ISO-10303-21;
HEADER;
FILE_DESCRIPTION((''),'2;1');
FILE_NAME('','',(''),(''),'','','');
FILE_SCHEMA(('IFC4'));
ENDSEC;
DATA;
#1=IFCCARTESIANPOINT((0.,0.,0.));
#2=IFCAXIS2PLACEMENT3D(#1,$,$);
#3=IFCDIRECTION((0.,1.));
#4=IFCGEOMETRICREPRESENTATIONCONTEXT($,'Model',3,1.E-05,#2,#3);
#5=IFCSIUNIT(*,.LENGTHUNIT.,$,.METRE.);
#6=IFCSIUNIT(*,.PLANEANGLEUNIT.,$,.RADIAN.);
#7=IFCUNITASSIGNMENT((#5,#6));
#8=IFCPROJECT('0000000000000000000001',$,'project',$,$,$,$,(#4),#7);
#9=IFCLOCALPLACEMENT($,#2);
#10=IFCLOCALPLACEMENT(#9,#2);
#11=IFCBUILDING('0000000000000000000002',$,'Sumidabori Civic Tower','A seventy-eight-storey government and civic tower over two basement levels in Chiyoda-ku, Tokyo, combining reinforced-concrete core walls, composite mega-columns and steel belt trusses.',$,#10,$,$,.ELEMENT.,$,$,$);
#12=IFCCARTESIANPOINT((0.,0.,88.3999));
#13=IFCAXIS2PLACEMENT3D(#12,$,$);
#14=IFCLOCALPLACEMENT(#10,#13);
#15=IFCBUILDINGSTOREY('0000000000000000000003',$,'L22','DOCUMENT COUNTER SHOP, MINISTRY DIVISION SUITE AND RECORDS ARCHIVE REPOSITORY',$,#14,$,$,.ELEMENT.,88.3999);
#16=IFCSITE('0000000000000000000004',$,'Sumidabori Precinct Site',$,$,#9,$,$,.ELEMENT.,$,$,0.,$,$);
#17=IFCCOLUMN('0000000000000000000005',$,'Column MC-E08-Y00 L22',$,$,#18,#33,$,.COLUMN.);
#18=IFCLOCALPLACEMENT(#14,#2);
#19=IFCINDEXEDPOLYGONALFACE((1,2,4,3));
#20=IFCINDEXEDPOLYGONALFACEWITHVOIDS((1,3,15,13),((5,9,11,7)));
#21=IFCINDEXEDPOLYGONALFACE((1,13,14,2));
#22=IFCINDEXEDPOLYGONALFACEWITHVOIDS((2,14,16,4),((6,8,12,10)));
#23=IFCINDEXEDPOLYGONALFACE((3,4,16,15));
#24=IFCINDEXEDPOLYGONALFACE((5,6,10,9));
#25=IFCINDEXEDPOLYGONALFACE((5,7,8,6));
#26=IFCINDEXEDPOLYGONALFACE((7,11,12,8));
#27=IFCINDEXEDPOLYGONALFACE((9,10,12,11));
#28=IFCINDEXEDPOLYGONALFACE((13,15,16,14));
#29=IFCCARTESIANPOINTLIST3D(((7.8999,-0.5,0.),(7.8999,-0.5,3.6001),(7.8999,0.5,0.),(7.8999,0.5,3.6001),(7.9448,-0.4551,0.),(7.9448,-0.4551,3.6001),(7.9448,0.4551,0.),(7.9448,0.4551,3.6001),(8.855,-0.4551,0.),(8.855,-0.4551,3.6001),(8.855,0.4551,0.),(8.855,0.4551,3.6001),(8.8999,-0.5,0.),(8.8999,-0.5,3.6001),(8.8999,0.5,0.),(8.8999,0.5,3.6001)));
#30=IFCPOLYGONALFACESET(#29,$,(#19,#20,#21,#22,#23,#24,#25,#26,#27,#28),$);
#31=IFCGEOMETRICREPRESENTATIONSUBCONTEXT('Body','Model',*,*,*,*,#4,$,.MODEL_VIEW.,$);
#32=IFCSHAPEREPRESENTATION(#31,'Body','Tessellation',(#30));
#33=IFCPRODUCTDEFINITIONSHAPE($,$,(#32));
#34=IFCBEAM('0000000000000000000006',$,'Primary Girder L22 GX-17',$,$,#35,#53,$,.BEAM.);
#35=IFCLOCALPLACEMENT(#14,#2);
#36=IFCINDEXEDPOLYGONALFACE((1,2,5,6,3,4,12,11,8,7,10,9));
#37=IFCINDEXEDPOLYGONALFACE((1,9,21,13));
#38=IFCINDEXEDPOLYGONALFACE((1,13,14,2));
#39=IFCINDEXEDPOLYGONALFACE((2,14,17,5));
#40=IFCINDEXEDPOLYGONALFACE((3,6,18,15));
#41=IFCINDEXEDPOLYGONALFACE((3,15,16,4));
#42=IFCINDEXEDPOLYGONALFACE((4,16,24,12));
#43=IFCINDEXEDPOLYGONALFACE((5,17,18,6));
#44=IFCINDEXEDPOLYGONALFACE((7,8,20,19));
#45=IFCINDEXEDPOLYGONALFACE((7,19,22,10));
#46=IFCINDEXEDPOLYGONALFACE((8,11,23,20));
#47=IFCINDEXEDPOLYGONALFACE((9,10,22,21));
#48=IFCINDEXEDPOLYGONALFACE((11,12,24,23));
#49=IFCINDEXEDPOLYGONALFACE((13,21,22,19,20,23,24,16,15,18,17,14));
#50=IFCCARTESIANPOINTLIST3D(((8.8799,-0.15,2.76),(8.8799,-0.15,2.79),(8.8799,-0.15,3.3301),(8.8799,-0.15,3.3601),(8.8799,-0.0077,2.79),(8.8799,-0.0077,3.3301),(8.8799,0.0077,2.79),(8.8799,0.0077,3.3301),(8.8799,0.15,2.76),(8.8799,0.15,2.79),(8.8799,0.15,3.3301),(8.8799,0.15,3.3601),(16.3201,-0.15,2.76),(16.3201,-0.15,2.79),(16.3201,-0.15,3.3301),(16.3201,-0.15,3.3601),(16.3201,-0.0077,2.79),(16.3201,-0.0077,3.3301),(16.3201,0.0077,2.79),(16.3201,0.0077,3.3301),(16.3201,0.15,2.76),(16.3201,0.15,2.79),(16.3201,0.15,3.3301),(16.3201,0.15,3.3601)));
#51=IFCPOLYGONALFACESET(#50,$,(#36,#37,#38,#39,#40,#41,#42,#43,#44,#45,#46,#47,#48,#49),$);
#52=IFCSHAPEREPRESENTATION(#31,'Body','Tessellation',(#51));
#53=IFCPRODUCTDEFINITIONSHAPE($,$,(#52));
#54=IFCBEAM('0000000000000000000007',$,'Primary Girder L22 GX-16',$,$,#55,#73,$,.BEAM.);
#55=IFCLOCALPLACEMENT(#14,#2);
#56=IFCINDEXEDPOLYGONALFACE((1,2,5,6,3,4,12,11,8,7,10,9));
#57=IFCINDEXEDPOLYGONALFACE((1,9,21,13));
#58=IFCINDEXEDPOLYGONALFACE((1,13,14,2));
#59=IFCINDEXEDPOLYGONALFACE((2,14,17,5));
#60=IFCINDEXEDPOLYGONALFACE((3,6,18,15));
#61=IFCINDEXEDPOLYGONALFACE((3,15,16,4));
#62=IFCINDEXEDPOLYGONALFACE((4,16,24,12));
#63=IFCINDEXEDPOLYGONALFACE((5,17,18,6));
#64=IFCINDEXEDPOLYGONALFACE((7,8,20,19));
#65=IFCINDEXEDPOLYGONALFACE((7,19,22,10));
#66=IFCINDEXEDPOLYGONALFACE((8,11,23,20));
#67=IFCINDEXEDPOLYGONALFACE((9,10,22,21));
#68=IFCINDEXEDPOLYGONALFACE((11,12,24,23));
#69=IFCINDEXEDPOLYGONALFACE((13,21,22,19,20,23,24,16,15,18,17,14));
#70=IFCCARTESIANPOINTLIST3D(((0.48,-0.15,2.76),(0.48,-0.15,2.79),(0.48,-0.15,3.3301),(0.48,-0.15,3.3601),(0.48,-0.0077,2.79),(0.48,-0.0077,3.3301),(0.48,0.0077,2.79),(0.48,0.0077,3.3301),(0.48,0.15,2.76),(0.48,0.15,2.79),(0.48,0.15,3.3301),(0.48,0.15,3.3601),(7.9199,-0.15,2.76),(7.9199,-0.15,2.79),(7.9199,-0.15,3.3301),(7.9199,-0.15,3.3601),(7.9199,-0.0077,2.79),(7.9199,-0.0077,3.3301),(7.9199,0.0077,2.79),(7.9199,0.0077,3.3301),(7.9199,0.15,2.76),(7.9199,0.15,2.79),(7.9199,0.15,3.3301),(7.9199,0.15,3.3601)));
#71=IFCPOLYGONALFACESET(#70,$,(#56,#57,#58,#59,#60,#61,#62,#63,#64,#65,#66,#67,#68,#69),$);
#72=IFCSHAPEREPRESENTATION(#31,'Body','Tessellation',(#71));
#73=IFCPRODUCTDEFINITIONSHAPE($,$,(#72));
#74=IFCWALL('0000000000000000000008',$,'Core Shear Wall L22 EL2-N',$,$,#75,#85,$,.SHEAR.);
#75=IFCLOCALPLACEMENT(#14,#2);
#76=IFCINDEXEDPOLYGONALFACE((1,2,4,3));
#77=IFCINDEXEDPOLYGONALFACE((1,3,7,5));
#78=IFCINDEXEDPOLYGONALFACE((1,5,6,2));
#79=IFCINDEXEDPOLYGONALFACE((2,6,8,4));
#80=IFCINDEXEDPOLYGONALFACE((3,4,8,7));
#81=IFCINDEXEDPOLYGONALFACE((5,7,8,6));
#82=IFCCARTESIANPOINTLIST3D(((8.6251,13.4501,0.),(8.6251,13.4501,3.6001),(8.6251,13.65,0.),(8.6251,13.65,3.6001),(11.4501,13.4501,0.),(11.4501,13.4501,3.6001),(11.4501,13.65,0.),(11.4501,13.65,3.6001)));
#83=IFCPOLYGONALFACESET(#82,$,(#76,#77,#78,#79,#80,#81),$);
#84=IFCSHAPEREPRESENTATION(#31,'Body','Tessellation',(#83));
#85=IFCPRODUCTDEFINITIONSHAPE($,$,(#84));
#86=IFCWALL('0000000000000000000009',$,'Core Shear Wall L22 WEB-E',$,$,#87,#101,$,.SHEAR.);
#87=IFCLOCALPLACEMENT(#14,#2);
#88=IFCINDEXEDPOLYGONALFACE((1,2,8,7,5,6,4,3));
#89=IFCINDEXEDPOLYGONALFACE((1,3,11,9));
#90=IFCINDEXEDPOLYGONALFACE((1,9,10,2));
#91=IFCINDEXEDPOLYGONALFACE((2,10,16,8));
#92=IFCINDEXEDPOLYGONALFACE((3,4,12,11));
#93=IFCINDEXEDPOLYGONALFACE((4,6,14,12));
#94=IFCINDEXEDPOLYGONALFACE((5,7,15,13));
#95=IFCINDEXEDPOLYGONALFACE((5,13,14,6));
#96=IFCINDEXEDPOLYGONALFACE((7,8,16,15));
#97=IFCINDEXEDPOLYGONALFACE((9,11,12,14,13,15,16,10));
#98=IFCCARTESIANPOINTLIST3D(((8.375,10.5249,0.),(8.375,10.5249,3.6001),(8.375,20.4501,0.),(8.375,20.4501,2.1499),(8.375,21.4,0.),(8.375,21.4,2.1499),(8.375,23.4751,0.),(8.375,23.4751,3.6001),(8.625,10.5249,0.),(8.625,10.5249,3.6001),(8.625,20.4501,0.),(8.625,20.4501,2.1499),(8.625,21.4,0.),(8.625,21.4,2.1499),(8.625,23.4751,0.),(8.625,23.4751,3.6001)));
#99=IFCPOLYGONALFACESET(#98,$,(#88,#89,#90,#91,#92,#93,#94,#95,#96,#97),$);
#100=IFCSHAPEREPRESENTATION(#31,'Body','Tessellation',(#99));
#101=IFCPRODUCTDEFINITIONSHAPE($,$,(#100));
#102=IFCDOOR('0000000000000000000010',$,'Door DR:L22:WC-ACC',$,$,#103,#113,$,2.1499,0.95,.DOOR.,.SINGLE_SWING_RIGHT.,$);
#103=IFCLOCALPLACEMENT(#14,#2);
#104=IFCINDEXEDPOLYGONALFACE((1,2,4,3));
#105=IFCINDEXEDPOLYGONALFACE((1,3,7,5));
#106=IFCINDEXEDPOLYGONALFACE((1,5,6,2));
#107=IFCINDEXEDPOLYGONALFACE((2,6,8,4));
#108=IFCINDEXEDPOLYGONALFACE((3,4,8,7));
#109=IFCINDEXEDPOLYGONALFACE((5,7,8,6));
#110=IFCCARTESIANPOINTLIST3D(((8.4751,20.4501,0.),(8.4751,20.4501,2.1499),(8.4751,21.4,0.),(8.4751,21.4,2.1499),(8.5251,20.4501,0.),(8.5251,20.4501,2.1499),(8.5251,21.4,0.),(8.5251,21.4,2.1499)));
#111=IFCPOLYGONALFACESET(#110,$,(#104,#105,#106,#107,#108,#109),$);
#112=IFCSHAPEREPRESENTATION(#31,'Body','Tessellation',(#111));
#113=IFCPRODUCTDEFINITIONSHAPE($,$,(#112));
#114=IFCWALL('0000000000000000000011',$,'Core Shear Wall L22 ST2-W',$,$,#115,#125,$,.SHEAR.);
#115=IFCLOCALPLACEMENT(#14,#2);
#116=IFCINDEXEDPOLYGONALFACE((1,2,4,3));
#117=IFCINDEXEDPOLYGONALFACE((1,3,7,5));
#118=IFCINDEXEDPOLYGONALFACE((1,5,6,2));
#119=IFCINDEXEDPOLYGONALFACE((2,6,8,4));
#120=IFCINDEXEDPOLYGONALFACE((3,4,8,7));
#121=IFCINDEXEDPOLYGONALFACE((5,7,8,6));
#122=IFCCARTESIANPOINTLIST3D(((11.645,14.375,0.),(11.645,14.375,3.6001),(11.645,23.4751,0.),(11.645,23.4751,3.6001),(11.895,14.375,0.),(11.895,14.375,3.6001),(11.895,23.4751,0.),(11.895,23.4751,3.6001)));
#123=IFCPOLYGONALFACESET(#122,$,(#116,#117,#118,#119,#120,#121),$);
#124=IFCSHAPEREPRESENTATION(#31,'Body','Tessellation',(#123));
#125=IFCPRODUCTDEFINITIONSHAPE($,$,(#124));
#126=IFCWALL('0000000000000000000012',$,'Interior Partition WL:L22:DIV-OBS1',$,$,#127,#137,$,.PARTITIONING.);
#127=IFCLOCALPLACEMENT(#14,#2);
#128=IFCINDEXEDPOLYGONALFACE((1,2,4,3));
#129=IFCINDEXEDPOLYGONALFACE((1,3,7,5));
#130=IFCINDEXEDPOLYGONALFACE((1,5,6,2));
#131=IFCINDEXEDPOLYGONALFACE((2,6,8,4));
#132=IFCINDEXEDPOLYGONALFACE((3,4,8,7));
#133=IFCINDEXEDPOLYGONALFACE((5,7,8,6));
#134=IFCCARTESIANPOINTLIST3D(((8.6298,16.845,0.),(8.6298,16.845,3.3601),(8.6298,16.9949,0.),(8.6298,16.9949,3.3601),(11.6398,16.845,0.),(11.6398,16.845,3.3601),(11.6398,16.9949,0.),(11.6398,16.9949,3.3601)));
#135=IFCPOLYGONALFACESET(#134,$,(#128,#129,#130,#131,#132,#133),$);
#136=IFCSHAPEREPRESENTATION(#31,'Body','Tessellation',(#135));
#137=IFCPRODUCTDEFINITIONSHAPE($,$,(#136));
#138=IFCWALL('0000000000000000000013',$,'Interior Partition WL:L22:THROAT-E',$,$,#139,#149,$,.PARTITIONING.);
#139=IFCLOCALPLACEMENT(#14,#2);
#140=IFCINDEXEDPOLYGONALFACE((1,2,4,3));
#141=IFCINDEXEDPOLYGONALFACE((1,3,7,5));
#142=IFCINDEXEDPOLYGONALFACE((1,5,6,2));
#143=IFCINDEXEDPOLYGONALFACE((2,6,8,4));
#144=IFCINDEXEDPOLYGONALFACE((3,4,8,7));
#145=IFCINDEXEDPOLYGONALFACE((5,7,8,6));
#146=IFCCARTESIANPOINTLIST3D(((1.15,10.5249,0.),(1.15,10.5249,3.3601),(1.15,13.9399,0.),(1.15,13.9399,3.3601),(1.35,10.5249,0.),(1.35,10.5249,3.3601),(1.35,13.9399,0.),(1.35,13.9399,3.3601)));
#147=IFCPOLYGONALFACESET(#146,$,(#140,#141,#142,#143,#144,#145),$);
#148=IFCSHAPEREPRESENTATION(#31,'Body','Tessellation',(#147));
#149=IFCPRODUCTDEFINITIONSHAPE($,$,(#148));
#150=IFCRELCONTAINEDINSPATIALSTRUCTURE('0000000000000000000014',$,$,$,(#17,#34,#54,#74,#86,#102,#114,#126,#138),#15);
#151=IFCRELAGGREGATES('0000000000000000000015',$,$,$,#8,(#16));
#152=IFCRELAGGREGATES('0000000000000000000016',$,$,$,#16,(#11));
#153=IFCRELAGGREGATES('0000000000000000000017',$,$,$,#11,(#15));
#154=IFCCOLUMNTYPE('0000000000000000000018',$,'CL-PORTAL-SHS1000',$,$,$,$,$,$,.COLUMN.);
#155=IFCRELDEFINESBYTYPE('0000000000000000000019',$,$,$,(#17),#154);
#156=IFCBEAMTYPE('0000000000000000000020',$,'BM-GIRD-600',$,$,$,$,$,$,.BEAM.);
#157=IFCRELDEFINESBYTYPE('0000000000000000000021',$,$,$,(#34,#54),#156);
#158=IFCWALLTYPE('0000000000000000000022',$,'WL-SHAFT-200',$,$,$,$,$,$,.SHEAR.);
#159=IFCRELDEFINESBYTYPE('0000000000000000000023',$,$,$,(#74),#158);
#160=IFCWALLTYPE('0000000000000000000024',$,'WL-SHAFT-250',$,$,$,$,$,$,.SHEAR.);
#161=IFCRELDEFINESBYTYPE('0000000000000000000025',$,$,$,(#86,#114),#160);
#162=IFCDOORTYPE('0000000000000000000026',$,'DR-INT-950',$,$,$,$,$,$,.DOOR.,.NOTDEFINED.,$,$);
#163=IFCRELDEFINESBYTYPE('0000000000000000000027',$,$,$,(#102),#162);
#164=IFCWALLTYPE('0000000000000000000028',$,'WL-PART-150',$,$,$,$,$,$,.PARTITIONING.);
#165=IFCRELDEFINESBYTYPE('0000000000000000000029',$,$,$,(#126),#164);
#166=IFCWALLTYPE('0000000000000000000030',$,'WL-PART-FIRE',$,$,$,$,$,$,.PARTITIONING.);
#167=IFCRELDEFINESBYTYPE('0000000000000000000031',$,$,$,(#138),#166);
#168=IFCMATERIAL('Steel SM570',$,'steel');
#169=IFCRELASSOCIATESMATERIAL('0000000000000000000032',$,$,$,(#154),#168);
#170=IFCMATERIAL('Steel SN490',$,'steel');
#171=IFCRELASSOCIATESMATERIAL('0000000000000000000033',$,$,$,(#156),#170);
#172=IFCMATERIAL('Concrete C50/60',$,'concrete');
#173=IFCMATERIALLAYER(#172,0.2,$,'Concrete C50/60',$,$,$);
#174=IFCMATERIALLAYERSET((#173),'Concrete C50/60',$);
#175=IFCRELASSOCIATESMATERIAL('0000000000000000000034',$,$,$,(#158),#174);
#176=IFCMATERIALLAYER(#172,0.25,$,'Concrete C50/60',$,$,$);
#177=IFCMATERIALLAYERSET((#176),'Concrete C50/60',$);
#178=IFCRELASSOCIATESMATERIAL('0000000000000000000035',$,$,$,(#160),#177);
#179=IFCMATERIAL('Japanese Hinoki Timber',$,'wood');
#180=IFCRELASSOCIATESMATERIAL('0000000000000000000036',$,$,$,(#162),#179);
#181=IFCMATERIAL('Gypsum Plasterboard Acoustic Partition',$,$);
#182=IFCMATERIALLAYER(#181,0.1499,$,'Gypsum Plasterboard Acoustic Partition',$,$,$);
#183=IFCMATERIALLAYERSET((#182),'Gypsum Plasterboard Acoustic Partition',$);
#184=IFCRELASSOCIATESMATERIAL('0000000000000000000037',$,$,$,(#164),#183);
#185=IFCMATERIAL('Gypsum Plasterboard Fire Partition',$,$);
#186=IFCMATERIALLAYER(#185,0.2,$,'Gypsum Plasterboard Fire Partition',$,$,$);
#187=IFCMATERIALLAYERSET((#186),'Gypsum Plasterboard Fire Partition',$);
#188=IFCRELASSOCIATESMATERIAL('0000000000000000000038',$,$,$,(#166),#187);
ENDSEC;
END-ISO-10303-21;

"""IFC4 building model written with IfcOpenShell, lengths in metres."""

from ifc_helpers import new_model, si_unit, direction, frame, frame_2d, origin, origin_2d, place, context, subcontext, project, spatial, rectangle, hollow_rectangle, i_section, extrude, source, transform, mapped, material, layer, layer_set, material_profile, profile_set, type_object, element, fill, save


model = new_model("IFC4")

# Units and contexts
model_context = context("Model", 3, precision=1e-05, world=origin(), true_north=direction((0.0, 1.0)))
body_context = subcontext(model_context, "Body", "Model", "MODEL_VIEW")
ifc_project = project(units=[si_unit("LENGTHUNIT", "METRE"), si_unit("PLANEANGLEUNIT", "RADIAN")], contexts=[model_context])

# Site, building, storey
site_placement = place(None, origin())
site = spatial("IfcSite", under=ifc_project, at=site_placement, Name="Sumidabori Precinct Site", CompositionType="ELEMENT", RefElevation=0.0)
building_placement = place(site_placement, origin())
building = spatial("IfcBuilding", under=site, at=building_placement, Name="Sumidabori Civic Tower", Description="A seventy-eight-storey government and civic tower over two basement levels in Chiyoda-ku, Tokyo, combining reinforced-concrete core walls, composite mega-columns and steel belt trusses.", CompositionType="ELEMENT")
storey_placement = place(building_placement, frame((0.0, 0.0, 88.3999)))
storey = spatial("IfcBuildingStorey", under=building, at=storey_placement, Name="L22", Description="DOCUMENT COUNTER SHOP, MINISTRY DIVISION SUITE AND RECORDS ARCHIVE REPOSITORY", CompositionType="ELEMENT", Elevation=88.3999)

# Column
ifc_material_1 = material(Name="Steel SM570", Category="steel")
ifc_material_profile_1 = material_profile(ifc_material_1, hollow_rectangle(XDim=1.0, YDim=1.0, WallThickness=0.0449, at=origin_2d()), Name="SHS 1000x1000x45")
ifc_profile_set_1 = profile_set([ifc_material_profile_1], Name="Steel SM570")
column_type = type_object("IfcColumnType", Name="CL-PORTAL-SHS1000", PredefinedType="COLUMN", material=ifc_profile_set_1)
shared_shape_1 = source(origin(), body_context, "Body", "SweptSolid", [
    extrude(hollow_rectangle(XDim=1.0, YDim=1.0, WallThickness=0.0449, at=origin_2d()), origin(), (0.0, 0.0, 1.0), 3.6001),
])
column_placement = place(storey_placement, frame((8.3999, 0.0, 0.0), z_axis=(0.0, 0.0, 1.0), x_axis=(1.0, 0.0, 0.0)))
element("IfcColumn", 1, at=column_placement, inside=storey, type_object=column_type, Name="Column MC-E08-Y00 L22", PredefinedType="COLUMN", context=body_context, shape_type="MappedRepresentation", body=[
    mapped(shared_shape_1, transform((0.0, 0.0, 0.0), x_axis=(1.0, 0.0, 0.0), y_axis=(0.0, 1.0, 0.0), z_axis=(0.0, 0.0, 1.0), scale=1.0)),
])

# Beams
ifc_material_2 = material(Name="Steel SN490", Category="steel")
ifc_material_profile_2 = material_profile(ifc_material_2, i_section(OverallWidth=0.3, OverallDepth=0.6001, WebThickness=0.0154, FlangeThickness=0.03, at=origin_2d()), Name="HE 600 B")
ifc_profile_set_2 = profile_set([ifc_material_profile_2], Name="Steel SN490")
beam_type = type_object("IfcBeamType", Name="BM-GIRD-600", PredefinedType="BEAM", material=ifc_profile_set_2)
shared_shape_2 = source(origin(), body_context, "Body", "SweptSolid", [
    extrude(i_section(OverallWidth=0.3, OverallDepth=0.6001, WebThickness=0.0154, FlangeThickness=0.03, at=origin_2d()), origin(), (0.0, 0.0, 1.0), 7.4402),
])
beam_1_placement = place(storey_placement, frame((8.8799, 0.0, 3.0601), z_axis=(1.0, 0.0, 0.0), x_axis=(0.0, 1.0, 0.0)))
element("IfcBeam", 2, at=beam_1_placement, inside=storey, type_object=beam_type, Name="Primary Girder L22 GX-17", PredefinedType="BEAM", context=body_context, shape_type="MappedRepresentation", body=[
    mapped(shared_shape_2, transform((0.0, 0.0, 0.0), x_axis=(1.0, 0.0, 0.0), y_axis=(0.0, 1.0, 0.0), z_axis=(0.0, 0.0, 1.0), scale=1.0)),
])
shared_shape_3 = source(origin(), body_context, "Body", "SweptSolid", [
    extrude(i_section(OverallWidth=0.3, OverallDepth=0.6001, WebThickness=0.0154, FlangeThickness=0.03, at=origin_2d()), origin(), (0.0, 0.0, 1.0), 7.4399),
])
beam_2_placement = place(storey_placement, frame((0.48, 0.0, 3.0601), z_axis=(1.0, 0.0, 0.0), x_axis=(0.0, 1.0, 0.0)))
element("IfcBeam", 3, at=beam_2_placement, inside=storey, type_object=beam_type, Name="Primary Girder L22 GX-16", PredefinedType="BEAM", context=body_context, shape_type="MappedRepresentation", body=[
    mapped(shared_shape_3, transform((0.0, 0.0, 0.0), x_axis=(1.0, 0.0, 0.0), y_axis=(0.0, 1.0, 0.0), z_axis=(0.0, 0.0, 1.0), scale=1.0)),
])

# Wall
ifc_material_3 = material(Name="Concrete C50/60", Category="concrete")
ifc_layer_1 = layer(ifc_material_3, 0.2, Name="Concrete C50/60")
ifc_layer_set_1 = layer_set([ifc_layer_1], Name="Concrete C50/60")
wall_type_1 = type_object("IfcWallType", Name="WL-SHAFT-200", PredefinedType="SHEAR", material=ifc_layer_set_1)
shared_shape_4 = source(origin(), body_context, "Body", "SweptSolid", [
    extrude(rectangle(XDim=2.825, YDim=0.2, at=frame_2d((1.4126, 0.0))), origin(), (0.0, 0.0, 1.0), 3.6001),
])
wall_1_placement = place(storey_placement, frame((8.625, 13.55, 0.0), z_axis=(0.0, 0.0, 1.0), x_axis=(1.0, 0.0, 0.0)))
element("IfcWall", 4, at=wall_1_placement, inside=storey, type_object=wall_type_1, Name="Core Shear Wall L22 EL2-N", PredefinedType="SHEAR", context=body_context, shape_type="MappedRepresentation", body=[
    mapped(shared_shape_4, transform((0.0, 0.0, 0.0), x_axis=(1.0, 0.0, 0.0), y_axis=(0.0, 1.0, 0.0), z_axis=(0.0, 0.0, 1.0), scale=1.0)),
])

# Wall, opening, door
ifc_layer_2 = layer(ifc_material_3, 0.25, Name="Concrete C50/60")
ifc_layer_set_2 = layer_set([ifc_layer_2], Name="Concrete C50/60")
wall_type_2 = type_object("IfcWallType", Name="WL-SHAFT-250", PredefinedType="SHEAR", material=ifc_layer_set_2)
shared_shape_5 = source(origin(), body_context, "Body", "SweptSolid", [
    extrude(rectangle(XDim=12.9502, YDim=0.25, at=frame_2d((6.4751, 0.0))), origin(), (0.0, 0.0, 1.0), 3.6001),
])
wall_2_placement = place(storey_placement, frame((8.5, 10.5249, 0.0), z_axis=(0.0, 0.0, 1.0), x_axis=(0.0, 1.0, 0.0)))
wall_2 = element("IfcWall", 5, at=wall_2_placement, inside=storey, type_object=wall_type_2, Name="Core Shear Wall L22 WEB-E", PredefinedType="SHEAR", context=body_context, shape_type="MappedRepresentation", body=[
    mapped(shared_shape_5, transform((0.0, 0.0, 0.0), x_axis=(1.0, 0.0, 0.0), y_axis=(0.0, 1.0, 0.0), z_axis=(0.0, 0.0, 1.0), scale=1.0)),
])
opening_1_placement = place(wall_2_placement, frame((9.925, 0.0, 0.0)))
opening_1 = element("IfcOpeningElement", 6, at=opening_1_placement, cuts=wall_2, PredefinedType="OPENING", context=body_context, shape_type="SweptSolid", body=[
    extrude(rectangle(XDim=0.95, YDim=2.1499, at=frame_2d((0.4751, 1.075))), frame((0.0, 0.137, 0.0), z_axis=(0.0, -1.0, 0.0), x_axis=(1.0, 0.0, 0.0)), (0.0, 0.0, 1.0), 0.2739),
])
ifc_material_4 = material(Name="Japanese Hinoki Timber", Category="wood")
door_type_1 = type_object("IfcDoorType", Name="DR-INT-950", OperationType="NOTDEFINED", PredefinedType="DOOR", material=ifc_material_4)
shared_shape_6 = source(origin(), body_context, "Body", "SweptSolid", [
    extrude(rectangle(XDim=0.95, YDim=2.1499, at=frame_2d((0.4751, 1.075))), frame((0.0, 0.0249, 0.0), z_axis=(0.0, -1.0, 0.0), x_axis=(1.0, 0.0, 0.0)), (0.0, 0.0, 1.0), 0.05),
])
door_1_placement = place(opening_1_placement, origin())
door_1 = element("IfcDoor", 7, at=door_1_placement, inside=storey, type_object=door_type_1, Name="Door DR:L22:WC-ACC", OperationType="SINGLE_SWING_RIGHT", OverallHeight=2.1499, OverallWidth=0.95, PredefinedType="DOOR", context=body_context, shape_type="MappedRepresentation", body=[
    mapped(shared_shape_6, transform((0.0, 0.0, 0.0), x_axis=(1.0, 0.0, 0.0), y_axis=(0.0, 1.0, 0.0), z_axis=(0.0, 0.0, 1.0), scale=1.0)),
])
fill(opening_1, door_1)

# Wall
shared_shape_7 = source(origin(), body_context, "Body", "SweptSolid", [
    extrude(rectangle(XDim=9.1001, YDim=0.25, at=frame_2d((4.55, 0.0))), origin(), (0.0, 0.0, 1.0), 3.6001),
])
wall_3_placement = place(storey_placement, frame((11.77, 14.375, 0.0), z_axis=(0.0, 0.0, 1.0), x_axis=(0.0, 1.0, 0.0)))
element("IfcWall", 8, at=wall_3_placement, inside=storey, type_object=wall_type_2, Name="Core Shear Wall L22 ST2-W", PredefinedType="SHEAR", context=body_context, shape_type="MappedRepresentation", body=[
    mapped(shared_shape_7, transform((0.0, 0.0, 0.0), x_axis=(1.0, 0.0, 0.0), y_axis=(0.0, 1.0, 0.0), z_axis=(0.0, 0.0, 1.0), scale=1.0)),
])

# Wall
ifc_material_5 = material(Name="Gypsum Plasterboard Acoustic Partition")
ifc_layer_3 = layer(ifc_material_5, 0.1499, Name="Gypsum Plasterboard Acoustic Partition")
ifc_layer_set_3 = layer_set([ifc_layer_3], Name="Gypsum Plasterboard Acoustic Partition")
wall_type_3 = type_object("IfcWallType", Name="WL-PART-150", PredefinedType="PARTITIONING", material=ifc_layer_set_3)
shared_shape_8 = source(origin(), body_context, "Body", "SweptSolid", [
    extrude(rectangle(XDim=3.01, YDim=0.1499, at=frame_2d((1.5049, 0.0))), origin(), (0.0, 0.0, 1.0), 3.3601),
])
wall_4_placement = place(storey_placement, frame((8.6299, 16.9199, 0.0), z_axis=(0.0, 0.0, 1.0), x_axis=(1.0, 0.0, 0.0)))
element("IfcWall", 9, at=wall_4_placement, inside=storey, type_object=wall_type_3, Name="Interior Partition WL:L22:DIV-OBS1", PredefinedType="PARTITIONING", context=body_context, shape_type="MappedRepresentation", body=[
    mapped(shared_shape_8, transform((0.0, 0.0, 0.0), x_axis=(1.0, 0.0, 0.0), y_axis=(0.0, 1.0, 0.0), z_axis=(0.0, 0.0, 1.0), scale=1.0)),
])

# Shared definitions
ifc_material_6 = material(Name="Gypsum Plasterboard Fire Partition")
ifc_layer_4 = layer(ifc_material_6, 0.2, Name="Gypsum Plasterboard Fire Partition")
ifc_layer_set_4 = layer_set([ifc_layer_4], Name="Gypsum Plasterboard Fire Partition")
wall_type_4 = type_object("IfcWallType", Name="WL-PART-FIRE", PredefinedType="PARTITIONING", material=ifc_layer_set_4)

# Wall
shared_shape_9 = source(origin(), body_context, "Body", "SweptSolid", [
    extrude(rectangle(XDim=3.415, YDim=0.2, at=frame_2d((1.7075, 0.0))), origin(), (0.0, 0.0, 1.0), 3.3601),
])
wall_5_placement = place(storey_placement, frame((1.25, 10.5249, 0.0), z_axis=(0.0, 0.0, 1.0), x_axis=(0.0, 1.0, 0.0)))
element("IfcWall", 10, at=wall_5_placement, inside=storey, type_object=wall_type_4, Name="Interior Partition WL:L22:THROAT-E", PredefinedType="PARTITIONING", context=body_context, shape_type="MappedRepresentation", body=[
    mapped(shared_shape_9, transform((0.0, 0.0, 0.0), x_axis=(1.0, 0.0, 0.0), y_axis=(0.0, 1.0, 0.0), z_axis=(0.0, 0.0, 1.0), scale=1.0)),
])

save(model, "model.ifc")
